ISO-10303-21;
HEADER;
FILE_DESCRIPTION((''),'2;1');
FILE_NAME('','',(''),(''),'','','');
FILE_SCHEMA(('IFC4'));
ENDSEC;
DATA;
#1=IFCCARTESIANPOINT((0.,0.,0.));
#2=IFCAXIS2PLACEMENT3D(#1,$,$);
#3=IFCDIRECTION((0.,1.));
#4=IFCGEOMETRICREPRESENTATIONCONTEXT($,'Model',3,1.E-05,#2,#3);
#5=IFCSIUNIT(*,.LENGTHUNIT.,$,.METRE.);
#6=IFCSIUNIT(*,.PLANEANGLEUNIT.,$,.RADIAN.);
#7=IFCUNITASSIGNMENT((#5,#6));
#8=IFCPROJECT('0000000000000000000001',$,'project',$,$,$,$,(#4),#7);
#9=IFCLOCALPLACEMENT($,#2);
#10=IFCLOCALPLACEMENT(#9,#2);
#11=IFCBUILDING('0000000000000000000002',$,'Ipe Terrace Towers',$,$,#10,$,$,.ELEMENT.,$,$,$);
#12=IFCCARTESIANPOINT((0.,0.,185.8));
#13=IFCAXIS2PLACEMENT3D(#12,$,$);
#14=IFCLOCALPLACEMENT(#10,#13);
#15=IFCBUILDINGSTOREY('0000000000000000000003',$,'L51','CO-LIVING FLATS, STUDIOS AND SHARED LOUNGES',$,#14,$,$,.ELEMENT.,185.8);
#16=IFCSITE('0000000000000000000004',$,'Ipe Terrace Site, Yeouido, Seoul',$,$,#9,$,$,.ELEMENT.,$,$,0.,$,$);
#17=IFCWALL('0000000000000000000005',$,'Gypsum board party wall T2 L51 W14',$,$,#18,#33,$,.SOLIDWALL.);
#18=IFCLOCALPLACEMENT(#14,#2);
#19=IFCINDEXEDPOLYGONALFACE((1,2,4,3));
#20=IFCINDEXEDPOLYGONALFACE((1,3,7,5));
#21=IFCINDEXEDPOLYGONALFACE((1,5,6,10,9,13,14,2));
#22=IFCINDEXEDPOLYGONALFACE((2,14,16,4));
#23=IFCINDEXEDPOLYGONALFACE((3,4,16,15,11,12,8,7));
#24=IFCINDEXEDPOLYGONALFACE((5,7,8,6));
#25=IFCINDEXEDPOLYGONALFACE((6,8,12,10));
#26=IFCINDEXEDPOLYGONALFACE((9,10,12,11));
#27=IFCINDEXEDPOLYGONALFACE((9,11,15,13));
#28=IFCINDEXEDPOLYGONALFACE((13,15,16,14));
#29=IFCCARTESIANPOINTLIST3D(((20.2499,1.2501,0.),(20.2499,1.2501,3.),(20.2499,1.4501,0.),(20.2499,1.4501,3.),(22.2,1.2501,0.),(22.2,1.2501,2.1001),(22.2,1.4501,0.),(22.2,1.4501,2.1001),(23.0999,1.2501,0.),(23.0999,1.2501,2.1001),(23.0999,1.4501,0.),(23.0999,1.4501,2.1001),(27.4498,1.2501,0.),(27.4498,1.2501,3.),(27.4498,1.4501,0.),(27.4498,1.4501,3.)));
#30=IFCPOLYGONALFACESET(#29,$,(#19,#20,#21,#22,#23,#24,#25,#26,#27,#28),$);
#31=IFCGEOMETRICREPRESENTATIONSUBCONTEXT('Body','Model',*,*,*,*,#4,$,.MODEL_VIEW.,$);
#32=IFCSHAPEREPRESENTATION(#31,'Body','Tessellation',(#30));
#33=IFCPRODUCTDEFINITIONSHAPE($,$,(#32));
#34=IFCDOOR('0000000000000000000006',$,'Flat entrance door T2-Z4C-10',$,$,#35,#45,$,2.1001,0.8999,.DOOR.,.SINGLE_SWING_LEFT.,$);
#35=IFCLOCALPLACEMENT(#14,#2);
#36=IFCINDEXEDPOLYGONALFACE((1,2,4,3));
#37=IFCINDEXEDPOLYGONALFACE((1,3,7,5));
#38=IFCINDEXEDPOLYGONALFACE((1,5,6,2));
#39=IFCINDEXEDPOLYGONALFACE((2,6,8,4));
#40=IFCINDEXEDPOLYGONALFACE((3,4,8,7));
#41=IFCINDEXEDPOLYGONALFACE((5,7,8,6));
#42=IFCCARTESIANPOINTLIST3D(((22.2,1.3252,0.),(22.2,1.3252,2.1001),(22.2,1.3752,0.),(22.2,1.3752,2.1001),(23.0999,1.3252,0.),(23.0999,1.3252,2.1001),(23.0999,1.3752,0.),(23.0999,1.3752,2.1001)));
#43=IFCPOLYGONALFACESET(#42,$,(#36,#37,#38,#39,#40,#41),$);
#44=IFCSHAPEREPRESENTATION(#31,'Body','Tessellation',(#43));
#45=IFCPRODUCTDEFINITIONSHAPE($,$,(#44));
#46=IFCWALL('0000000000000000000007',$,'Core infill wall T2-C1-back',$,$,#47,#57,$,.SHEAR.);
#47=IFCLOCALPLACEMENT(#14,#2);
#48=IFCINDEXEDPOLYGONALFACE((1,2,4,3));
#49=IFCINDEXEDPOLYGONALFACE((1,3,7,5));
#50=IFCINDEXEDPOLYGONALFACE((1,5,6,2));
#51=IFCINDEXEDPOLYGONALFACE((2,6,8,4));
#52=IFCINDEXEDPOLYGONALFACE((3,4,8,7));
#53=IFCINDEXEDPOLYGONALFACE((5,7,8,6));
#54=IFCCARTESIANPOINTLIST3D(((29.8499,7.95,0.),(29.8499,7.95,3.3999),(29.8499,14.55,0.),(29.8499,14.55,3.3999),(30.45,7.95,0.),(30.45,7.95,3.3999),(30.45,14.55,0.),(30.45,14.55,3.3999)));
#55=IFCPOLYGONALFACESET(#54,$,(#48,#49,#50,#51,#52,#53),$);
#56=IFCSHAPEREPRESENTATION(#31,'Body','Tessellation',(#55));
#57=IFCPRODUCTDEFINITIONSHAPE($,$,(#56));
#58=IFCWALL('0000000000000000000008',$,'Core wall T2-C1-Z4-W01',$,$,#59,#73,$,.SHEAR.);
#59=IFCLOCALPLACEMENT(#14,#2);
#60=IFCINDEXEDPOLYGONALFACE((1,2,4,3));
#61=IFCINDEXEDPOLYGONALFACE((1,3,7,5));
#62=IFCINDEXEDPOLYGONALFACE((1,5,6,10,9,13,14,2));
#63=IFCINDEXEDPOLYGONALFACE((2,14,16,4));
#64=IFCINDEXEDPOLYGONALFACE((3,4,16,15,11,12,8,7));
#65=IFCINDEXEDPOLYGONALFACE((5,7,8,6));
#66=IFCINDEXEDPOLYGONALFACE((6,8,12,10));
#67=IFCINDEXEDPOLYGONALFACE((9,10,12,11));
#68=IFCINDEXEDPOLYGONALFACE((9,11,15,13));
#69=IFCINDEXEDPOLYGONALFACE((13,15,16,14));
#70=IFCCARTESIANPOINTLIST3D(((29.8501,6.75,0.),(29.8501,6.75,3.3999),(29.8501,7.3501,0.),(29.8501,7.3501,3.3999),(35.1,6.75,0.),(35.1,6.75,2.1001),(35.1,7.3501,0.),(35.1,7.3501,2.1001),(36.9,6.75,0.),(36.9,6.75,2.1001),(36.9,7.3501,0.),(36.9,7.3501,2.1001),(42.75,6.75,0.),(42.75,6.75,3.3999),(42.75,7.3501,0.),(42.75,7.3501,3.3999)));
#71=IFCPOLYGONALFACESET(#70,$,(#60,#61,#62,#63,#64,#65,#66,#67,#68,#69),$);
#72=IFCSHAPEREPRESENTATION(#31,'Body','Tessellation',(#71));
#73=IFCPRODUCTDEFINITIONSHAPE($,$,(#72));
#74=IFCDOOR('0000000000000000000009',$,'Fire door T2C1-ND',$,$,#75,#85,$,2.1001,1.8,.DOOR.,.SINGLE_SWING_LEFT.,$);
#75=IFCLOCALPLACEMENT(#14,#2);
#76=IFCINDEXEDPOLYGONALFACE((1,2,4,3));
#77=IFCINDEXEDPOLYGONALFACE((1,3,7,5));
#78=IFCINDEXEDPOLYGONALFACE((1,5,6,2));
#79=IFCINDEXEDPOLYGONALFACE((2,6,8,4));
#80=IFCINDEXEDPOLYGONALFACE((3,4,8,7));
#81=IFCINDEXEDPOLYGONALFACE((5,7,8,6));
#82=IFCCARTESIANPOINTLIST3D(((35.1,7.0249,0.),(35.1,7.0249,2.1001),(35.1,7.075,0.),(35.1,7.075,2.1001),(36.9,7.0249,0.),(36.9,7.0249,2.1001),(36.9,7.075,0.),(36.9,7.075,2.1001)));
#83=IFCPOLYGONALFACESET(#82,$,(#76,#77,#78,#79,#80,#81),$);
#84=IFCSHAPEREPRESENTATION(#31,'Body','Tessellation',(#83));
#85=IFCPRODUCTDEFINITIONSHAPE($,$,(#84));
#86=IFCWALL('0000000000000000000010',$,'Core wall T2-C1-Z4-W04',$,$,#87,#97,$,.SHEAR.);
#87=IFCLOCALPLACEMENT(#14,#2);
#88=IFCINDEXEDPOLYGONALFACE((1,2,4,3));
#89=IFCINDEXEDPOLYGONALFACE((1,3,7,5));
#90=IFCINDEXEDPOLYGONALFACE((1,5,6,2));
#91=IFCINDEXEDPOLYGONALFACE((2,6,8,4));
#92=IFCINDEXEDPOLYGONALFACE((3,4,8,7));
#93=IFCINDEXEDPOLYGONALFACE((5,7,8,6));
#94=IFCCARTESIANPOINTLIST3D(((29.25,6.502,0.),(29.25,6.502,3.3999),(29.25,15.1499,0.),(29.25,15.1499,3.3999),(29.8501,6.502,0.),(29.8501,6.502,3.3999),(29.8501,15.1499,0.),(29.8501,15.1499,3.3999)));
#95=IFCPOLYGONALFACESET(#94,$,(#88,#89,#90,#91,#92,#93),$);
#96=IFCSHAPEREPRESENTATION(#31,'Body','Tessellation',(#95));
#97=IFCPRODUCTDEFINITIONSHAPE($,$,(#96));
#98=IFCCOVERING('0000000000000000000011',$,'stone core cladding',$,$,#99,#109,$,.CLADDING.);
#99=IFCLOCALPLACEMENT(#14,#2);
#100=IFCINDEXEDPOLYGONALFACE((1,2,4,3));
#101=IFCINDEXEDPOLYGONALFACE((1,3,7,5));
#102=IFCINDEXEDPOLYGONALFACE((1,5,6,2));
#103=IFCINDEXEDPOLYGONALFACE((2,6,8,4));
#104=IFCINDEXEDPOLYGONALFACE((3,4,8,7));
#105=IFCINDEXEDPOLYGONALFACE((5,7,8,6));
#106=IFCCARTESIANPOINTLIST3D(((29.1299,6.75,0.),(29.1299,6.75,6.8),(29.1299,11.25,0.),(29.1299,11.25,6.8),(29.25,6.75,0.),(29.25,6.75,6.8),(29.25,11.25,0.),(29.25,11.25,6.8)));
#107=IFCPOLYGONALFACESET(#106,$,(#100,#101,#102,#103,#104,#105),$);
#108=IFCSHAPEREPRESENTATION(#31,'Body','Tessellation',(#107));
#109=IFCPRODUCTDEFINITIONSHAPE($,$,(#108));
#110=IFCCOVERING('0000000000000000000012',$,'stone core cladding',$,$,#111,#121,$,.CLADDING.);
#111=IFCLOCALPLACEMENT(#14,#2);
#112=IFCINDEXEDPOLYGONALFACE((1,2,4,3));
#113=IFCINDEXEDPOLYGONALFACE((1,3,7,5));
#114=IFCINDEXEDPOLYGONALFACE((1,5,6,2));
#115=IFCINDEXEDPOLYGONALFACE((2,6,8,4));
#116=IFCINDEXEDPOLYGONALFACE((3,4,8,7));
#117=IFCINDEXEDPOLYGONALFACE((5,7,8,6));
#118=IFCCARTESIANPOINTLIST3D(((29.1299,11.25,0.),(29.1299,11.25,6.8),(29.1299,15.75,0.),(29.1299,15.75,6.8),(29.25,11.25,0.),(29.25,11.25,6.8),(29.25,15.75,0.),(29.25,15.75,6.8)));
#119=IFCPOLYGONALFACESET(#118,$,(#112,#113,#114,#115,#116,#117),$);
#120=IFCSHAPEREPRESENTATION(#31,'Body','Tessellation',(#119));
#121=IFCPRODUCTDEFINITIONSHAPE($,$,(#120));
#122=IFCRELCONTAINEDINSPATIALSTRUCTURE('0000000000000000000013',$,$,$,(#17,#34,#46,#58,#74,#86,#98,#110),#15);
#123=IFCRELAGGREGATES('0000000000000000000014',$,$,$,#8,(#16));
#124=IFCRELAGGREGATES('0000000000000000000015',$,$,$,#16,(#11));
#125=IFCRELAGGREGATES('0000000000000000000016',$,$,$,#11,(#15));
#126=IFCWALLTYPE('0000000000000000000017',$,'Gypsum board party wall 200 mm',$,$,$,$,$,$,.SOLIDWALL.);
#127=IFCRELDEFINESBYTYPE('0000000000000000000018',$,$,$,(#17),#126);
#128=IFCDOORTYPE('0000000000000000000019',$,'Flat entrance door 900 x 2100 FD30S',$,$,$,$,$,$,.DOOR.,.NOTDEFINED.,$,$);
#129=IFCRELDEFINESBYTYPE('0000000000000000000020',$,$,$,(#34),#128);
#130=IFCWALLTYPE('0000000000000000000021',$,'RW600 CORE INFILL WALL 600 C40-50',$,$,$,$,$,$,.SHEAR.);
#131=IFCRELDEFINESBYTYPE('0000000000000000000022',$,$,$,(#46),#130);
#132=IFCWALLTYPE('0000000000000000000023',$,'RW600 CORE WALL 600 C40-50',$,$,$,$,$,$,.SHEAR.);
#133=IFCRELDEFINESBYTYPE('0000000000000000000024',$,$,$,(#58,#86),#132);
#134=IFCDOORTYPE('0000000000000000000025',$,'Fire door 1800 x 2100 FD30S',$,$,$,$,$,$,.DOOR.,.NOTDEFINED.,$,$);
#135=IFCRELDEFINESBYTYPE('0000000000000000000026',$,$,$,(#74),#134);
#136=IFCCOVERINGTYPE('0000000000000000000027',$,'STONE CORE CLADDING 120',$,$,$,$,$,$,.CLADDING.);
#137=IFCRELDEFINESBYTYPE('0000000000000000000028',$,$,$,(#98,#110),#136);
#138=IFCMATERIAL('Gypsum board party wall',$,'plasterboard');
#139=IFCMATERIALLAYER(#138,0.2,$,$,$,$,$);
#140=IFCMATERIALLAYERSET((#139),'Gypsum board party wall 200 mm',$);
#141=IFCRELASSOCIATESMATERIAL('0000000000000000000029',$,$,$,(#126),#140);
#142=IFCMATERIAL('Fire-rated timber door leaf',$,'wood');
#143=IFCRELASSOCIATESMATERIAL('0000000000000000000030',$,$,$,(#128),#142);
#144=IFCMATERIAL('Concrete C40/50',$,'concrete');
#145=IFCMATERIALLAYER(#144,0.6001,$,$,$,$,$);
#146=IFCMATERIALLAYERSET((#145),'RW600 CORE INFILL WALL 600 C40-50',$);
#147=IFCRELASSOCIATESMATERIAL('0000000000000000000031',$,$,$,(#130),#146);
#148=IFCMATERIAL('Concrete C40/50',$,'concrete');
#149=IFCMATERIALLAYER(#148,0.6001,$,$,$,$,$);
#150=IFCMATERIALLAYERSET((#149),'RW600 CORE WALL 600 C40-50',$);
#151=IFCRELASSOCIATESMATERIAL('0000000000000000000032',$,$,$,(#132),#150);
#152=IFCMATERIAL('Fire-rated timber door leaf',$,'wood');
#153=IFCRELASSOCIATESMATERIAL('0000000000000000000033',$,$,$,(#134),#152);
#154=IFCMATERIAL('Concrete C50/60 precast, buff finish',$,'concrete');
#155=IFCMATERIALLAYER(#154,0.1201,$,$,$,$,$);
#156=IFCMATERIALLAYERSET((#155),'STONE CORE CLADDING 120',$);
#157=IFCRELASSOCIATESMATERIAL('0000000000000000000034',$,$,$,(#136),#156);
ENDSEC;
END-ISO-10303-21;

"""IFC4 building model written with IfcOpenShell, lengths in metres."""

from ifc_helpers import new_model, si_unit, direction, frame, frame_2d, origin, origin_2d, place, context, subcontext, project, spatial, rectangle, extrude, material, layer, layer_set, type_object, element, fill, save


model = new_model("IFC4")

# Units and contexts
model_context = context("Model", 3, precision=1e-05, world=origin(), true_north=direction((0.0, 1.0)))
body_context = subcontext(model_context, "Body", "Model", "MODEL_VIEW")
ifc_project = project(units=[si_unit("LENGTHUNIT", "METRE"), si_unit("PLANEANGLEUNIT", "RADIAN")], contexts=[model_context])

# Site, building, storey
site_placement = place(None, origin())
site = spatial("IfcSite", under=ifc_project, at=site_placement, Name="Ipe Terrace Site, Yeouido, Seoul", CompositionType="ELEMENT", RefElevation=0.0)
building_placement = place(site_placement, origin())
building = spatial("IfcBuilding", under=site, at=building_placement, Name="Ipe Terrace Towers", CompositionType="ELEMENT")
storey_placement = place(building_placement, frame((0.0, 0.0, 185.8)))
storey = spatial("IfcBuildingStorey", under=building, at=storey_placement, Name="L51", Description="CO-LIVING FLATS, STUDIOS AND SHARED LOUNGES", CompositionType="ELEMENT", Elevation=185.8)

# Wall, opening, door
ifc_material_1 = material(Name="Gypsum board party wall", Category="plasterboard")
ifc_layer_1 = layer(ifc_material_1, 0.2)
ifc_layer_set_1 = layer_set([ifc_layer_1], Name="Gypsum board party wall 200 mm")
wall_type_1 = type_object("IfcWallType", Name="Gypsum board party wall 200 mm", PredefinedType="SOLIDWALL", material=ifc_layer_set_1)
wall_1_placement = place(storey_placement, frame((27.45, 1.3501, 0.0), z_axis=(0.0, 0.0, 1.0), x_axis=(-1.0, 0.0, 0.0)))
wall_1 = element("IfcWall", 1, at=wall_1_placement, inside=storey, type_object=wall_type_1, Name="Gypsum board party wall T2 L51 W14", PredefinedType="SOLIDWALL", context=body_context, shape_type="SweptSolid", body=[
    extrude(rectangle(XDim=7.2, YDim=0.2, at=frame_2d((3.6001, 0.0))), origin(), (0.0, 0.0, 1.0), 3.0),
])
opening_1_placement = place(wall_1_placement, frame((4.3501, 0.0, 0.0)))
opening_1 = element("IfcOpeningElement", 2, at=opening_1_placement, cuts=wall_1, PredefinedType="OPENING", context=body_context, shape_type="SweptSolid", body=[
    extrude(rectangle(XDim=0.8999, YDim=2.1001, at=frame_2d((0.45, 1.05))), frame((0.0, 0.1099, 0.0), z_axis=(0.0, -1.0, 0.0), x_axis=(1.0, 0.0, 0.0)), (0.0, 0.0, 1.0), 0.22),
])
ifc_material_2 = material(Name="Fire-rated timber door leaf", Category="wood")
door_type_1 = type_object("IfcDoorType", Name="Flat entrance door 900 x 2100 FD30S", OperationType="NOTDEFINED", PredefinedType="DOOR", material=ifc_material_2)
door_1_placement = place(opening_1_placement, origin())
door_1 = element("IfcDoor", 3, at=door_1_placement, inside=storey, type_object=door_type_1, Name="Flat entrance door T2-Z4C-10", OperationType="SINGLE_SWING_LEFT", OverallHeight=2.1001, OverallWidth=0.8999, PredefinedType="DOOR", context=body_context, shape_type="SweptSolid", body=[
    extrude(rectangle(XDim=0.8999, YDim=2.1001, at=frame_2d((0.45, 1.05))), frame((0.0, 0.0249, 0.0), z_axis=(0.0, -1.0, 0.0), x_axis=(1.0, 0.0, 0.0)), (0.0, 0.0, 1.0), 0.05),
])
fill(opening_1, door_1)

# Wall
ifc_material_3 = material(Name="Concrete C40/50", Category="concrete")
ifc_layer_2 = layer(ifc_material_3, 0.6001)
ifc_layer_set_2 = layer_set([ifc_layer_2], Name="RW600 CORE INFILL WALL 600 C40-50")
wall_type_2 = type_object("IfcWallType", Name="RW600 CORE INFILL WALL 600 C40-50", PredefinedType="SHEAR", material=ifc_layer_set_2)
wall_2_placement = place(storey_placement, frame((30.1499, 7.95, 0.0), z_axis=(0.0, 0.0, 1.0), x_axis=(0.0, 1.0, 0.0)))
element("IfcWall", 4, at=wall_2_placement, inside=storey, type_object=wall_type_2, Name="Core infill wall T2-C1-back", PredefinedType="SHEAR", context=body_context, shape_type="SweptSolid", body=[
    extrude(rectangle(XDim=6.6001, YDim=0.6001, at=frame_2d((3.3, 0.0))), origin(), (0.0, 0.0, 1.0), 3.3999),
])

# Wall, opening, door
ifc_material_4 = material(Name="Concrete C40/50", Category="concrete")
ifc_layer_3 = layer(ifc_material_4, 0.6001)
ifc_layer_set_3 = layer_set([ifc_layer_3], Name="RW600 CORE WALL 600 C40-50")
wall_type_3 = type_object("IfcWallType", Name="RW600 CORE WALL 600 C40-50", PredefinedType="SHEAR", material=ifc_layer_set_3)
wall_3_placement = place(storey_placement, frame((29.8501, 7.05, 0.0), z_axis=(0.0, 0.0, 1.0), x_axis=(1.0, 0.0, 0.0)))
wall_3 = element("IfcWall", 5, at=wall_3_placement, inside=storey, type_object=wall_type_3, Name="Core wall T2-C1-Z4-W01", PredefinedType="SHEAR", context=body_context, shape_type="SweptSolid", body=[
    extrude(rectangle(XDim=12.8999, YDim=0.6001, at=frame_2d((6.45, 0.0))), origin(), (0.0, 0.0, 1.0), 3.3999),
])
opening_2_placement = place(wall_3_placement, frame((5.25, 0.0, 0.0)))
opening_2 = element("IfcOpeningElement", 6, at=opening_2_placement, cuts=wall_3, PredefinedType="OPENING", context=body_context, shape_type="SweptSolid", body=[
    extrude(rectangle(XDim=1.8, YDim=2.1001, at=frame_2d((0.8999, 1.05))), frame((0.0, 0.3101, 0.0), z_axis=(0.0, -1.0, 0.0), x_axis=(1.0, 0.0, 0.0)), (0.0, 0.0, 1.0), 0.6201),
])
ifc_material_5 = material(Name="Fire-rated timber door leaf", Category="wood")
door_type_2 = type_object("IfcDoorType", Name="Fire door 1800 x 2100 FD30S", OperationType="NOTDEFINED", PredefinedType="DOOR", material=ifc_material_5)
door_2_placement = place(opening_2_placement, origin())
door_2 = element("IfcDoor", 7, at=door_2_placement, inside=storey, type_object=door_type_2, Name="Fire door T2C1-ND", OperationType="SINGLE_SWING_LEFT", OverallHeight=2.1001, OverallWidth=1.8, PredefinedType="DOOR", context=body_context, shape_type="SweptSolid", body=[
    extrude(rectangle(XDim=1.8, YDim=2.1001, at=frame_2d((0.8999, 1.05))), frame((0.0, 0.0249, 0.0), z_axis=(0.0, -1.0, 0.0), x_axis=(1.0, 0.0, 0.0)), (0.0, 0.0, 1.0), 0.05),
])
fill(opening_2, door_2)

# Wall
wall_4_placement = place(storey_placement, frame((29.55, 15.1499, 0.0), z_axis=(0.0, 0.0, 1.0), x_axis=(0.0, -1.0, 0.0)))
element("IfcWall", 8, at=wall_4_placement, inside=storey, type_object=wall_type_3, Name="Core wall T2-C1-Z4-W04", PredefinedType="SHEAR", context=body_context, shape_type="SweptSolid", body=[
    extrude(rectangle(XDim=8.6479, YDim=0.6001, at=frame_2d((4.324, 0.0))), origin(), (0.0, 0.0, 1.0), 3.3999),
])

# Coverings
ifc_material_6 = material(Name="Concrete C50/60 precast, buff finish", Category="concrete")
ifc_layer_4 = layer(ifc_material_6, 0.1201)
ifc_layer_set_4 = layer_set([ifc_layer_4], Name="STONE CORE CLADDING 120")
covering_type = type_object("IfcCoveringType", Name="STONE CORE CLADDING 120", PredefinedType="CLADDING", material=ifc_layer_set_4)
for number, where, z_axis, x_axis, name in (
    (9, (29.1899, 9.0, 0.0), (0.0, 0.0, 1.0), (0.0, -1.0, 0.0), "stone core cladding"),
    (10, (29.1899, 13.5, 0.0), (0.0, 0.0, 1.0), (0.0, -1.0, 0.0), "stone core cladding"),
):
    element("IfcCovering", number, at=place(storey_placement, frame(where, z_axis=z_axis, x_axis=x_axis)), inside=storey, type_object=covering_type, Name=name, PredefinedType="CLADDING", context=body_context, shape_type="SweptSolid", body=[
        extrude(rectangle(XDim=4.5, YDim=0.1201, at=origin_2d()), origin(), (0.0, 0.0, 1.0), 6.8),
    ])

save(model, "model.ifc")
